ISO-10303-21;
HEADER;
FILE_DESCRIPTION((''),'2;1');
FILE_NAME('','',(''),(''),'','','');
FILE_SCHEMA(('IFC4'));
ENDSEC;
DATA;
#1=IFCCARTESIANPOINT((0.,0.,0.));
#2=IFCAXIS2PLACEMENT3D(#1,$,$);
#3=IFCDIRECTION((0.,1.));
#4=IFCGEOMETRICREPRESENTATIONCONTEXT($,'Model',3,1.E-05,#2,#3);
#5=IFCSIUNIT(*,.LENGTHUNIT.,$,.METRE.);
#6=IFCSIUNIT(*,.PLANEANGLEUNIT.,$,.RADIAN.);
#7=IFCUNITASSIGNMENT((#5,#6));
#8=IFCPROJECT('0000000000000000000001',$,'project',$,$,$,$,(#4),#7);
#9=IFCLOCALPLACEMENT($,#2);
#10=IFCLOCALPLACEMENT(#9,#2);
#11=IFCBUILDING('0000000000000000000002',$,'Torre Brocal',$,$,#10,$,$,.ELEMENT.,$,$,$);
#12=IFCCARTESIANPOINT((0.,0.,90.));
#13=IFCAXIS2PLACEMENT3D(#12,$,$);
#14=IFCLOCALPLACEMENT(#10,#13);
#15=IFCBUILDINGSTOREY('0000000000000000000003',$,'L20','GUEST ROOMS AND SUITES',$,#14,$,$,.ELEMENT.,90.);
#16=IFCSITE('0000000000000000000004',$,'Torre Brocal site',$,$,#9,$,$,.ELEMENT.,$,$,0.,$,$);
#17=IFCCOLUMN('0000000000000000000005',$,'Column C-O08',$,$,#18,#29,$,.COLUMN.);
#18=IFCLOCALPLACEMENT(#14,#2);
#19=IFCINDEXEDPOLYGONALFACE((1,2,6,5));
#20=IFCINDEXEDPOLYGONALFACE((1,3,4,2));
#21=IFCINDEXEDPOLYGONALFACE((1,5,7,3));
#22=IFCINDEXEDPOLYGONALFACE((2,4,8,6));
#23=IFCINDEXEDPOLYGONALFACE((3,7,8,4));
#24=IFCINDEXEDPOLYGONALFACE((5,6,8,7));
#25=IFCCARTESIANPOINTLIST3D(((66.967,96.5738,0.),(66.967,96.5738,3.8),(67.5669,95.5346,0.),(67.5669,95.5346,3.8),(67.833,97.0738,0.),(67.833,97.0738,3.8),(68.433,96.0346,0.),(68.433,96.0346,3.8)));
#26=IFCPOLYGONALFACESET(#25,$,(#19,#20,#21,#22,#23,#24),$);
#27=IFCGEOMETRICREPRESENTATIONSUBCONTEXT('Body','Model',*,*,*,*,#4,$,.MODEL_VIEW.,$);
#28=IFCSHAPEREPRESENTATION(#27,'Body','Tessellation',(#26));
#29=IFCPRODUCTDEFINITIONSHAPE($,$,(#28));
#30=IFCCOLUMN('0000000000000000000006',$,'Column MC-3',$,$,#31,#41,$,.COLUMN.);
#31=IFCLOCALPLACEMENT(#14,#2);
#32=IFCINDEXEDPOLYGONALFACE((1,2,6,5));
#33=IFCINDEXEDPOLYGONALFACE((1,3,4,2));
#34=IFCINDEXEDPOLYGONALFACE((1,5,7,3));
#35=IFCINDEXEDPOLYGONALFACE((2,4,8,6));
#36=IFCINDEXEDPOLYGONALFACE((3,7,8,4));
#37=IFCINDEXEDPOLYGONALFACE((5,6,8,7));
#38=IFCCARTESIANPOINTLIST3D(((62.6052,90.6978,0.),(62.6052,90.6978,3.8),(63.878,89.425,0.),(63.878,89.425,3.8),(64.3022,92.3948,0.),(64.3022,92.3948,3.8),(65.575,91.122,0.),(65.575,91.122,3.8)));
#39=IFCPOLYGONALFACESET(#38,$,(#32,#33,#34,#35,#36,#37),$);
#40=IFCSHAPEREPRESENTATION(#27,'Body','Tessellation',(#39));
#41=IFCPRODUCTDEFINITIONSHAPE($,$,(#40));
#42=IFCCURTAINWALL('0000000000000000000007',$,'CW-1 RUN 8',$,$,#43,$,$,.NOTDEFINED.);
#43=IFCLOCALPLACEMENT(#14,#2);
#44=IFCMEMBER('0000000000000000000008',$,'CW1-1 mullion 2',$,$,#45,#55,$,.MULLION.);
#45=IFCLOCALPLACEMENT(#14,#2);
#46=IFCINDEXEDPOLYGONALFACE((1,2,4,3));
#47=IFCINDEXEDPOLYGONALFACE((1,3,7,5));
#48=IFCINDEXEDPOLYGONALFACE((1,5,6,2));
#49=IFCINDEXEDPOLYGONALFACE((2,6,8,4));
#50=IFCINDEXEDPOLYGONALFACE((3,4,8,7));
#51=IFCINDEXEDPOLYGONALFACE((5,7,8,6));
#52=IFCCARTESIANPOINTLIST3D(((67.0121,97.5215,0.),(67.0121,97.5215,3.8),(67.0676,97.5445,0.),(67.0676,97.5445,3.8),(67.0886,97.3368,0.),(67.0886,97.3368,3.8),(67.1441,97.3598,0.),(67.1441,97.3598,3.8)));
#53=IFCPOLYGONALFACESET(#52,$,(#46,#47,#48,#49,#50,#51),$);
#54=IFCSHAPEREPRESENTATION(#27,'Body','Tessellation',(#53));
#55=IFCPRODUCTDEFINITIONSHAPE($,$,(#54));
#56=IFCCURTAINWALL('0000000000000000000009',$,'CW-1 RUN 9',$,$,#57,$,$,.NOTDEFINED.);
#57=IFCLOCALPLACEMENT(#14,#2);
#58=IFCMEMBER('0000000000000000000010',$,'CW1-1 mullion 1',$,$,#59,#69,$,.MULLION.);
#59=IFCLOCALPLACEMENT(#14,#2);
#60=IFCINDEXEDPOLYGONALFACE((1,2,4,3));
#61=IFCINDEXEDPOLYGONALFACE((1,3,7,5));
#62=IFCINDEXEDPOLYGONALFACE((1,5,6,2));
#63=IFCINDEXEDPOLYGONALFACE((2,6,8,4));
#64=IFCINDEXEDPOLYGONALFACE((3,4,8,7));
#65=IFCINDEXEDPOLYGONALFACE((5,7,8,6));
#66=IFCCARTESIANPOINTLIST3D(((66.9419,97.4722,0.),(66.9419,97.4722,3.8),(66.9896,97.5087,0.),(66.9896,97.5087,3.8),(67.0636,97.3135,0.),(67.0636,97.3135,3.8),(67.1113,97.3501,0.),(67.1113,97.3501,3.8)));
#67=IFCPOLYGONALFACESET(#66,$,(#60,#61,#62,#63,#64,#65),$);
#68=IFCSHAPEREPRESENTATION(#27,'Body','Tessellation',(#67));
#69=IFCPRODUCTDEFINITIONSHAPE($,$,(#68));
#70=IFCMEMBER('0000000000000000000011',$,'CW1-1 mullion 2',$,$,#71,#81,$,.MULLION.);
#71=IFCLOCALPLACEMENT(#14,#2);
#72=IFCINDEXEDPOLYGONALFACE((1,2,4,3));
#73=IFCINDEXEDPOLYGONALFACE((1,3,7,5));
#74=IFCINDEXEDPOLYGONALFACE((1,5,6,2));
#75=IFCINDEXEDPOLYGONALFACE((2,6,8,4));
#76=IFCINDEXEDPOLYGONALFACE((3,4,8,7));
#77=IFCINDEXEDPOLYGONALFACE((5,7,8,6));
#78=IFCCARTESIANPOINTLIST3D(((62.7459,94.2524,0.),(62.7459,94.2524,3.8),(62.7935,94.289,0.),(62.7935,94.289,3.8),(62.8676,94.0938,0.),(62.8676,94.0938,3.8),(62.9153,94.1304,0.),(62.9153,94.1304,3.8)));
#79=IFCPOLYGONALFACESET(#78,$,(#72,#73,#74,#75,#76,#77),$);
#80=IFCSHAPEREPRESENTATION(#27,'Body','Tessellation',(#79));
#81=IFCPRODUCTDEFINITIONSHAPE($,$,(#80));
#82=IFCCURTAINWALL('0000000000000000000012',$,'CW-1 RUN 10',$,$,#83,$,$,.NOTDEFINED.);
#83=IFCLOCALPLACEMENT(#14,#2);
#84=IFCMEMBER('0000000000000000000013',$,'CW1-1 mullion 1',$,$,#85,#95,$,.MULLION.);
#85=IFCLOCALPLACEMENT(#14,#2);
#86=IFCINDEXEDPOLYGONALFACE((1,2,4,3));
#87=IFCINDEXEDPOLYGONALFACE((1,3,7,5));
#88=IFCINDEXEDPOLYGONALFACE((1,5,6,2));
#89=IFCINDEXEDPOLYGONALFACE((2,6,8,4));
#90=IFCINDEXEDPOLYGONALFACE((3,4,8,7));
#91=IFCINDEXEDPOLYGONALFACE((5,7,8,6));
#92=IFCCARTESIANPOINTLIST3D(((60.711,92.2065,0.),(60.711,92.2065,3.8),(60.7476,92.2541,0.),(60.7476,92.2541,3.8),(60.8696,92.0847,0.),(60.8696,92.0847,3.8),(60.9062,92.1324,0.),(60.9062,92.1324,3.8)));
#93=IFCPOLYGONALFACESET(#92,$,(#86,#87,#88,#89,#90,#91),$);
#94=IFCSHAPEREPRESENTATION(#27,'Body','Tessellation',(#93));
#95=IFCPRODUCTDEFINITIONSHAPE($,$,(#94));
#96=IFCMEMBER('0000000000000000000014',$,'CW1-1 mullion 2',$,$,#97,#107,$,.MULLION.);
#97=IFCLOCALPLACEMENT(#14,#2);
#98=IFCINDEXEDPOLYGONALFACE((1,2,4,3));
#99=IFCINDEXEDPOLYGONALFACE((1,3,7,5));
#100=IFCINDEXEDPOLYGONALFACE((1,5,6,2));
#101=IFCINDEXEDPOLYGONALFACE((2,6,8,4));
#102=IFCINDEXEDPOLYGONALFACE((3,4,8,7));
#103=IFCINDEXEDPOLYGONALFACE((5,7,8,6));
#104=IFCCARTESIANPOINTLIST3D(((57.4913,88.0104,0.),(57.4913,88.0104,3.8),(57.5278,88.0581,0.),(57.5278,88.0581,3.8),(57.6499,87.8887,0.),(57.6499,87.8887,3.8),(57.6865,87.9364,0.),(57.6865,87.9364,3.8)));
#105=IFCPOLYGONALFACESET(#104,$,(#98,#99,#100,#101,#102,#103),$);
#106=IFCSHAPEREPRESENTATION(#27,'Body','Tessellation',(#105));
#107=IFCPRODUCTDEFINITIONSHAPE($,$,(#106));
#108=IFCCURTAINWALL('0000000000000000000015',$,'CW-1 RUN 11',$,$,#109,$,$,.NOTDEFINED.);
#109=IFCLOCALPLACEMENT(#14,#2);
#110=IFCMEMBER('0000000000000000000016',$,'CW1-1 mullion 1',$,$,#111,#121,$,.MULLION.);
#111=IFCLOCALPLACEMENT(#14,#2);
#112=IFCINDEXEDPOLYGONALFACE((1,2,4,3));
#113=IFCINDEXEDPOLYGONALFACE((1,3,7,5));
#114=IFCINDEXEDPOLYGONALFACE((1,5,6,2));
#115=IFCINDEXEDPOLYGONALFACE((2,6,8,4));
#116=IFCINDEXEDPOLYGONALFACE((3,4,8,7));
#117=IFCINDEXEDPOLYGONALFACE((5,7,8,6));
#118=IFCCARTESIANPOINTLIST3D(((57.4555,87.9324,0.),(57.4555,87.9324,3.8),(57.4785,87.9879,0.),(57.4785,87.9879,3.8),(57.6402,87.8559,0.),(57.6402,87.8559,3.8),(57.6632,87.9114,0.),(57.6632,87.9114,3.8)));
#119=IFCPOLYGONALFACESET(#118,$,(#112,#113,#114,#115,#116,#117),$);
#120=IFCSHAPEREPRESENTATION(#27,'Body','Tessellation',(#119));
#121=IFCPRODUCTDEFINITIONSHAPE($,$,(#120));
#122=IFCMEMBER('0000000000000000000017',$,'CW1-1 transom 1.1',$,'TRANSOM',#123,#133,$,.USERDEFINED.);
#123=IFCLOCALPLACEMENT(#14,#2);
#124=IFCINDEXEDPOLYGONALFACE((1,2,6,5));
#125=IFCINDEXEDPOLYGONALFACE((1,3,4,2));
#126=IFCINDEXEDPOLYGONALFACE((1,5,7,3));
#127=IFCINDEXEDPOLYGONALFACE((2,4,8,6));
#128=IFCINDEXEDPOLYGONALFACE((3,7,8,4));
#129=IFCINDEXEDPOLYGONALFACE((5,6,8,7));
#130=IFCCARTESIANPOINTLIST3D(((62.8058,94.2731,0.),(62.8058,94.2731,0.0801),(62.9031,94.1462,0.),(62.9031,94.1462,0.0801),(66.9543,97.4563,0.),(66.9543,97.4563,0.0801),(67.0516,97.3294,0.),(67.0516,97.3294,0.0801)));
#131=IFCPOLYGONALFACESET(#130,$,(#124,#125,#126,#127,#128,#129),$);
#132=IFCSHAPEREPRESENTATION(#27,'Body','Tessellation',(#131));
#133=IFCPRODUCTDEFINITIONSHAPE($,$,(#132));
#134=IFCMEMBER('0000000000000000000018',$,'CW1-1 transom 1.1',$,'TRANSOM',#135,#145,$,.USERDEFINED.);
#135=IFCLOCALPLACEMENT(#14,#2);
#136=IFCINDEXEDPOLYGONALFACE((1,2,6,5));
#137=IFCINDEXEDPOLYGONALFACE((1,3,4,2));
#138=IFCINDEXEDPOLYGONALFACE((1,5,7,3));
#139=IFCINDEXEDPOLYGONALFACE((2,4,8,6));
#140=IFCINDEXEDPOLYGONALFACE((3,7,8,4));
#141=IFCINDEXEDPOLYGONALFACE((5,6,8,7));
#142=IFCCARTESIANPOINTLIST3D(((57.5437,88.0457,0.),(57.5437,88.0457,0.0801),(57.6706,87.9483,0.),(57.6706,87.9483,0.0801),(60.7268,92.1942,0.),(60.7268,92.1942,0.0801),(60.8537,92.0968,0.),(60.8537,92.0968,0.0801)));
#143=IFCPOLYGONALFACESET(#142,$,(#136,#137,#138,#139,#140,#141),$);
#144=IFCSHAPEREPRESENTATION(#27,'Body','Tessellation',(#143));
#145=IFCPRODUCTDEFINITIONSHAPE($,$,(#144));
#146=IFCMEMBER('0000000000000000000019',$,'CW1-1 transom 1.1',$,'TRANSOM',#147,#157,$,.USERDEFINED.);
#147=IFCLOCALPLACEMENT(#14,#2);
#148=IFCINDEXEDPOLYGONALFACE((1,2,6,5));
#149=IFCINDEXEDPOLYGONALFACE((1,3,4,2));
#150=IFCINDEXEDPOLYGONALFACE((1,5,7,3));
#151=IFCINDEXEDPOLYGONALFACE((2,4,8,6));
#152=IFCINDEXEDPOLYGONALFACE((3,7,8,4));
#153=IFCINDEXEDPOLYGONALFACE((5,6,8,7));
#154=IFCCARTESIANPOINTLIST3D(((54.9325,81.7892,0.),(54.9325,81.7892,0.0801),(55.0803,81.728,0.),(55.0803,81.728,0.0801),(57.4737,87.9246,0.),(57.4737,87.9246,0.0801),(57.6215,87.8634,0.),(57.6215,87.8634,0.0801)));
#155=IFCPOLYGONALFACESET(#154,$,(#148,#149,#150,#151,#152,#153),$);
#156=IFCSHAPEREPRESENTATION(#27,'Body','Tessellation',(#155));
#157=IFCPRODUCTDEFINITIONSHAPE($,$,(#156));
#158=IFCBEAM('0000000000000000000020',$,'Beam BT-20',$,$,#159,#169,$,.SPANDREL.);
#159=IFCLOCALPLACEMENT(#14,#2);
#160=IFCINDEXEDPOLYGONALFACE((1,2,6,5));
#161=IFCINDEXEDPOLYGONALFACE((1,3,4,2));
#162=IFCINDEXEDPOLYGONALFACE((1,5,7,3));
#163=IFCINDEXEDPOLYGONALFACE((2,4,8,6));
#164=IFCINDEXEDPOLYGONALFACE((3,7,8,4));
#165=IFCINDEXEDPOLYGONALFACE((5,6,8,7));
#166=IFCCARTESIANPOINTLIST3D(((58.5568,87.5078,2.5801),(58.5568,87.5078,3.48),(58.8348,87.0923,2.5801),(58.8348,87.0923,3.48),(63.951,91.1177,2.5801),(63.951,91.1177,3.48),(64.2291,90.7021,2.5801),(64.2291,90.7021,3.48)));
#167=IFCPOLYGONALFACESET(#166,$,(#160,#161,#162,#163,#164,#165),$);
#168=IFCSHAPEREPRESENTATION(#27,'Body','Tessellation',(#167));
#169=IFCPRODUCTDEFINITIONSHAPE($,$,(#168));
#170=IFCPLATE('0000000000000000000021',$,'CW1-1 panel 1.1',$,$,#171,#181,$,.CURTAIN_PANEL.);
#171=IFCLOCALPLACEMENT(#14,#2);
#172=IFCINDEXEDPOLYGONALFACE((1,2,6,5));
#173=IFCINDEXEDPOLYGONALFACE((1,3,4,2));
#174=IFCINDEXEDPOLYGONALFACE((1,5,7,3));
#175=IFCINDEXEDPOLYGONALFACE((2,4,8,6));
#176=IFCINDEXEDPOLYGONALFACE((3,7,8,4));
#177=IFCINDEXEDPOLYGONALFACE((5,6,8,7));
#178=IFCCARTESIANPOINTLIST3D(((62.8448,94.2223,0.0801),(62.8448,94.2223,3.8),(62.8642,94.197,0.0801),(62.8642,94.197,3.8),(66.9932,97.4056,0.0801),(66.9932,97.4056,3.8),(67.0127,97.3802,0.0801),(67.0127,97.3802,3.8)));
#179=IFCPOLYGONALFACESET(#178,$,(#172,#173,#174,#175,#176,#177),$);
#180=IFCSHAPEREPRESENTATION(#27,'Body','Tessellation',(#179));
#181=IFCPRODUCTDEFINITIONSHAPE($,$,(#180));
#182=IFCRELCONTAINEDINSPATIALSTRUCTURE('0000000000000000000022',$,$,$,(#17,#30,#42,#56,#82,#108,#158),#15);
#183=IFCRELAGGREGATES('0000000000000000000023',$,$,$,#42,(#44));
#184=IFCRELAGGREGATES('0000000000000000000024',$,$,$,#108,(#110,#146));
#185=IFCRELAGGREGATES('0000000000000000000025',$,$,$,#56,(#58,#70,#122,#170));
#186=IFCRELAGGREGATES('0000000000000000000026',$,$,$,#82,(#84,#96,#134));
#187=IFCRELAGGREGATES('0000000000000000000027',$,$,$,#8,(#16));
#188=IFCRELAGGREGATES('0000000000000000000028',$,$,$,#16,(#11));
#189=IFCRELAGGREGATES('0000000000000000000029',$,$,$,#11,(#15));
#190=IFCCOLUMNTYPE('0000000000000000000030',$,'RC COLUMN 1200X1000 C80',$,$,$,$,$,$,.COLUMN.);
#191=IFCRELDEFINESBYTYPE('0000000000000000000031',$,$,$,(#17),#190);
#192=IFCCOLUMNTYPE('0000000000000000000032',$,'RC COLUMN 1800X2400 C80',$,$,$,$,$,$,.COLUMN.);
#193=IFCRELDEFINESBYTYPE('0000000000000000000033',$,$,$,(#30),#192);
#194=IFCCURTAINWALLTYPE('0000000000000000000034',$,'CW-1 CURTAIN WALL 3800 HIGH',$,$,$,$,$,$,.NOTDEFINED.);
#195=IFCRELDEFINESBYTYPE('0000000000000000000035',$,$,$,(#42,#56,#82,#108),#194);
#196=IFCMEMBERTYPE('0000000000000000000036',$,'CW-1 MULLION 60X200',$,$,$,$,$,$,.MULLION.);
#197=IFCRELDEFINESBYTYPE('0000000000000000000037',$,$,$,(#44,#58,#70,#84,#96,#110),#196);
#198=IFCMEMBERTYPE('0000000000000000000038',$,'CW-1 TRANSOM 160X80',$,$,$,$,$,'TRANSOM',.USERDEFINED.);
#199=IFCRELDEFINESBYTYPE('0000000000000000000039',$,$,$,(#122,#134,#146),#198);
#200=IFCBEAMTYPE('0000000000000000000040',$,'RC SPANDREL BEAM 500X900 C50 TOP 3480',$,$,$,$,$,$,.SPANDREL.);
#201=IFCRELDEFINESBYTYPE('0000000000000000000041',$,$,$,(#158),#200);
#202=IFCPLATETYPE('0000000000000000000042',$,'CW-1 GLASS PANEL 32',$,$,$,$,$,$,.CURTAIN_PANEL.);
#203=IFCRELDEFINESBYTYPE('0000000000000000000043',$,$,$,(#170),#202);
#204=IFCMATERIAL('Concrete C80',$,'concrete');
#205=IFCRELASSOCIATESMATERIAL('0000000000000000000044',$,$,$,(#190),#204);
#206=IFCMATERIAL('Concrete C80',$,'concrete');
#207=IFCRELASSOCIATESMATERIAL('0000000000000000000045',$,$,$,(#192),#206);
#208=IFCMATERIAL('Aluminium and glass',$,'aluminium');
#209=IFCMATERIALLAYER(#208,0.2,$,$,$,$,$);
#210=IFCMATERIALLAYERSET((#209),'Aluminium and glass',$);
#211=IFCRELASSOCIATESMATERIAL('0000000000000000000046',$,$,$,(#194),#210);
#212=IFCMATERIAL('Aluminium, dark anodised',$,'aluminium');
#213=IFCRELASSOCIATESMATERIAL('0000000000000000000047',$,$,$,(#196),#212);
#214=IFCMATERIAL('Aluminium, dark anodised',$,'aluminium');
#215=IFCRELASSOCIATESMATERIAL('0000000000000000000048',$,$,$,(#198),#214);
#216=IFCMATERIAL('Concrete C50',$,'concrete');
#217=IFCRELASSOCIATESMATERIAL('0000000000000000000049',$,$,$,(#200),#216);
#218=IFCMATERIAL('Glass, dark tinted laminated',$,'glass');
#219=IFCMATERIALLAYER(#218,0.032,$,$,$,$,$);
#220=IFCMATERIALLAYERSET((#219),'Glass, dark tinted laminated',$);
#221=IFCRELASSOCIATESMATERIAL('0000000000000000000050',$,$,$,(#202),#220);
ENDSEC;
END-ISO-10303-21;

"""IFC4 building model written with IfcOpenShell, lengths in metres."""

from ifc_helpers import new_model, si_unit, direction, frame, origin, origin_2d, place, context, subcontext, project, spatial, rectangle, extrude, material, layer, layer_set, material_profile, profile_set, type_object, element, aggregate, save


model = new_model("IFC4")

# Units and contexts
model_context = context("Model", 3, precision=1e-05, world=origin(), true_north=direction((0.0, 1.0)))
body_context = subcontext(model_context, "Body", "Model", "MODEL_VIEW")
ifc_project = project(units=[si_unit("LENGTHUNIT", "METRE"), si_unit("PLANEANGLEUNIT", "RADIAN")], contexts=[model_context])

# Site, building, storey
site_placement = place(None, origin())
site = spatial("IfcSite", under=ifc_project, at=site_placement, Name="Torre Brocal site", CompositionType="ELEMENT", RefElevation=0.0)
building_placement = place(site_placement, origin())
building = spatial("IfcBuilding", under=site, at=building_placement, Name="Torre Brocal", CompositionType="ELEMENT")
storey_placement = place(building_placement, frame((0.0, 0.0, 90.0)))
storey = spatial("IfcBuildingStorey", under=building, at=storey_placement, Name="L20", Description="GUEST ROOMS AND SUITES", CompositionType="ELEMENT", Elevation=90.0)

# Columns
ifc_material_1 = material(Name="Concrete C80", Category="concrete")
ifc_material_profile_1 = material_profile(ifc_material_1, rectangle(XDim=1.2, YDim=1.0, at=origin_2d()), Name="RC 1200X1000")
ifc_profile_set_1 = profile_set([ifc_material_profile_1], Name="Concrete C80")
column_type_1 = type_object("IfcColumnType", Name="RC COLUMN 1200X1000 C80", PredefinedType="COLUMN", material=ifc_profile_set_1)
column_1_placement = place(storey_placement, frame((67.7, 96.3042, 0.0), z_axis=(0.0, 0.0, 1.0), x_axis=(-0.5, 0.866025, 0.0)))
element("IfcColumn", 1, at=column_1_placement, inside=storey, type_object=column_type_1, Name="Column C-O08", PredefinedType="COLUMN", context=body_context, shape_type="SweptSolid", body=[
    extrude(rectangle(XDim=1.2, YDim=1.0, at=origin_2d()), origin(), (0.0, 0.0, 1.0), 3.8),
])
ifc_material_2 = material(Name="Concrete C80", Category="concrete")
ifc_material_profile_2 = material_profile(ifc_material_2, rectangle(XDim=1.8, YDim=2.3999, at=origin_2d()), Name="RC 1800X2400")
ifc_profile_set_2 = profile_set([ifc_material_profile_2], Name="Concrete C80")
column_type_2 = type_object("IfcColumnType", Name="RC COLUMN 1800X2400 C80", PredefinedType="COLUMN", material=ifc_profile_set_2)
column_2_placement = place(storey_placement, frame((64.0901, 90.9099, 0.0), z_axis=(0.0, 0.0, 1.0), x_axis=(-0.707107, 0.707107, 0.0)))
element("IfcColumn", 2, at=column_2_placement, inside=storey, type_object=column_type_2, Name="Column MC-3", PredefinedType="COLUMN", context=body_context, shape_type="SweptSolid", body=[
    extrude(rectangle(XDim=1.8, YDim=2.3999, at=origin_2d()), origin(), (0.0, 0.0, 1.0), 3.8),
])

# Curtain wall, member
ifc_material_3 = material(Name="Aluminium and glass", Category="aluminium")
ifc_layer_1 = layer(ifc_material_3, 0.2)
ifc_layer_set_1 = layer_set([ifc_layer_1], Name="Aluminium and glass")
curtain_wall_type = type_object("IfcCurtainWallType", Name="CW-1 CURTAIN WALL 3800 HIGH", PredefinedType="NOTDEFINED", material=ifc_layer_set_1)
curtain_wall_1_placement = place(storey_placement, origin())
curtain_wall_1 = element("IfcCurtainWall", 3, at=curtain_wall_1_placement, inside=storey, type_object=curtain_wall_type, Name="CW-1 RUN 8", PredefinedType="NOTDEFINED")
ifc_material_4 = material(Name="Aluminium, dark anodised", Category="aluminium")
ifc_material_profile_3 = material_profile(ifc_material_4, rectangle(XDim=0.2, YDim=0.0601, at=origin_2d()), Name="CW-1 MULLION 60X200")
ifc_profile_set_3 = profile_set([ifc_material_profile_3], Name="Aluminium, dark anodised")
member_type_1 = type_object("IfcMemberType", Name="CW-1 MULLION 60X200", PredefinedType="MULLION", material=ifc_profile_set_3)
member_1_placement = place(storey_placement, frame((67.0781, 97.4407, 0.0), z_axis=(0.0, 0.0, 1.0), x_axis=(0.382683, -0.92388, 0.0)))
member_1 = element("IfcMember", 4, at=member_1_placement, type_object=member_type_1, Name="CW1-1 mullion 2", PredefinedType="MULLION", context=body_context, shape_type="SweptSolid", body=[
    extrude(rectangle(XDim=0.2, YDim=0.0601, at=origin_2d()), origin(), (0.0, 0.0, 1.0), 3.8),
])
aggregate(curtain_wall_1, [member_1])

# Curtain walls, members
curtain_wall_2_placement = place(storey_placement, origin())
curtain_wall_2 = element("IfcCurtainWall", 5, at=curtain_wall_2_placement, inside=storey, type_object=curtain_wall_type, Name="CW-1 RUN 9", PredefinedType="NOTDEFINED")
member_2_placement = place(storey_placement, frame((67.0266, 97.4111, 0.0), z_axis=(0.0, 0.0, 1.0), x_axis=(0.608761, -0.793353, 0.0)))
member_2 = element("IfcMember", 6, at=member_2_placement, type_object=member_type_1, Name="CW1-1 mullion 1", PredefinedType="MULLION", context=body_context, shape_type="SweptSolid", body=[
    extrude(rectangle(XDim=0.2, YDim=0.0601, at=origin_2d()), origin(), (0.0, 0.0, 1.0), 3.8),
])
member_3_placement = place(storey_placement, frame((62.8306, 94.1914, 0.0), z_axis=(0.0, 0.0, 1.0), x_axis=(0.608761, -0.793353, 0.0)))
member_3 = element("IfcMember", 7, at=member_3_placement, type_object=member_type_1, Name="CW1-1 mullion 2", PredefinedType="MULLION", context=body_context, shape_type="SweptSolid", body=[
    extrude(rectangle(XDim=0.2, YDim=0.0601, at=origin_2d()), origin(), (0.0, 0.0, 1.0), 3.8),
])
curtain_wall_3_placement = place(storey_placement, origin())
curtain_wall_3 = element("IfcCurtainWall", 8, at=curtain_wall_3_placement, inside=storey, type_object=curtain_wall_type, Name="CW-1 RUN 10", PredefinedType="NOTDEFINED")
member_4_placement = place(storey_placement, frame((60.8086, 92.1694, 0.0), z_axis=(0.0, 0.0, 1.0), x_axis=(0.793353, -0.608761, 0.0)))
member_4 = element("IfcMember", 9, at=member_4_placement, type_object=member_type_1, Name="CW1-1 mullion 1", PredefinedType="MULLION", context=body_context, shape_type="SweptSolid", body=[
    extrude(rectangle(XDim=0.2, YDim=0.0601, at=origin_2d()), origin(), (0.0, 0.0, 1.0), 3.8),
])
member_5_placement = place(storey_placement, frame((57.5889, 87.9734, 0.0), z_axis=(0.0, 0.0, 1.0), x_axis=(0.793353, -0.608761, 0.0)))
member_5 = element("IfcMember", 10, at=member_5_placement, type_object=member_type_1, Name="CW1-1 mullion 2", PredefinedType="MULLION", context=body_context, shape_type="SweptSolid", body=[
    extrude(rectangle(XDim=0.2, YDim=0.0601, at=origin_2d()), origin(), (0.0, 0.0, 1.0), 3.8),
])

# Curtain wall, member
curtain_wall_4_placement = place(storey_placement, origin())
curtain_wall_4 = element("IfcCurtainWall", 11, at=curtain_wall_4_placement, inside=storey, type_object=curtain_wall_type, Name="CW-1 RUN 11", PredefinedType="NOTDEFINED")
member_6_placement = place(storey_placement, frame((57.5593, 87.9219, 0.0), z_axis=(0.0, 0.0, 1.0), x_axis=(0.92388, -0.382683, 0.0)))
member_6 = element("IfcMember", 12, at=member_6_placement, type_object=member_type_1, Name="CW1-1 mullion 1", PredefinedType="MULLION", context=body_context, shape_type="SweptSolid", body=[
    extrude(rectangle(XDim=0.2, YDim=0.0601, at=origin_2d()), origin(), (0.0, 0.0, 1.0), 3.8),
])

# Members
ifc_material_5 = material(Name="Aluminium, dark anodised", Category="aluminium")
ifc_material_profile_4 = material_profile(ifc_material_5, rectangle(XDim=0.1599, YDim=0.0801, at=origin_2d()), Name="CW-1 TRANSOM 160X80")
ifc_profile_set_4 = profile_set([ifc_material_profile_4], Name="Aluminium, dark anodised")
member_type_2 = type_object("IfcMemberType", Name="CW-1 TRANSOM 160X80", ElementType="TRANSOM", PredefinedType="USERDEFINED", material=ifc_profile_set_4)
member_7_placement = place(storey_placement, frame((67.0029, 97.3928, 0.04), z_axis=(-0.793363, -0.608749, 0.0), x_axis=(0.608749, -0.793363, 0.0)))
member_7 = element("IfcMember", 13, at=member_7_placement, type_object=member_type_2, Name="CW1-1 transom 1.1", ObjectType="TRANSOM", PredefinedType="USERDEFINED", context=body_context, shape_type="SweptSolid", body=[
    extrude(rectangle(XDim=0.1599, YDim=0.0801, at=origin_2d()), origin(), (0.0, 0.0, 1.0), 5.229),
])
member_8_placement = place(storey_placement, frame((60.7903, 92.1455, 0.04), z_axis=(-0.608749, -0.793363, 0.0), x_axis=(0.793363, -0.608749, 0.0)))
member_8 = element("IfcMember", 14, at=member_8_placement, type_object=member_type_2, Name="CW1-1 transom 1.1", ObjectType="TRANSOM", PredefinedType="USERDEFINED", context=body_context, shape_type="SweptSolid", body=[
    extrude(rectangle(XDim=0.1599, YDim=0.0801, at=origin_2d()), origin(), (0.0, 0.0, 1.0), 5.229),
])
member_9_placement = place(storey_placement, frame((57.5476, 87.894, 0.04), z_axis=(-0.382665, -0.923887, 0.0), x_axis=(0.923887, -0.382665, 0.0)))
member_9 = element("IfcMember", 15, at=member_9_placement, type_object=member_type_2, Name="CW1-1 transom 1.1", ObjectType="TRANSOM", PredefinedType="USERDEFINED", context=body_context, shape_type="SweptSolid", body=[
    extrude(rectangle(XDim=0.1599, YDim=0.0801, at=origin_2d()), origin(), (0.0, 0.0, 1.0), 6.6409),
])
aggregate(curtain_wall_4, [member_6, member_9])

# Beam
ifc_material_6 = material(Name="Concrete C50", Category="concrete")
ifc_material_profile_5 = material_profile(ifc_material_6, rectangle(XDim=0.5, YDim=0.8999, at=origin_2d()), Name="RC 500X900")
ifc_profile_set_5 = profile_set([ifc_material_profile_5], Name="Concrete C50")
beam_type = type_object("IfcBeamType", Name="RC SPANDREL BEAM 500X900 C50 TOP 3480", PredefinedType="SPANDREL", material=ifc_profile_set_5)
beam_placement = place(storey_placement, frame((64.0901, 90.9099, 3.03), z_axis=(-0.831077, -0.556158, 0.0), x_axis=(0.556158, -0.831077, 0.0)))
element("IfcBeam", 16, at=beam_placement, inside=storey, type_object=beam_type, Name="Beam BT-20", PredefinedType="SPANDREL", context=body_context, shape_type="SweptSolid", body=[
    extrude(rectangle(XDim=0.5, YDim=0.8999, at=origin_2d()), origin(), (0.0, 0.0, 1.0), 6.4907),
])

# Plate
ifc_material_7 = material(Name="Glass, dark tinted laminated", Category="glass")
ifc_layer_2 = layer(ifc_material_7, 0.032)
ifc_layer_set_2 = layer_set([ifc_layer_2], Name="Glass, dark tinted laminated")
plate_type = type_object("IfcPlateType", Name="CW-1 GLASS PANEL 32", PredefinedType="CURTAIN_PANEL", material=ifc_layer_set_2)
plate_1_placement = place(storey_placement, frame((64.9287, 95.8013, 0.0801), z_axis=(0.0, 0.0, 1.0), x_axis=(-0.793353, -0.608761, 0.0)))
plate_1 = element("IfcPlate", 17, at=plate_1_placement, type_object=plate_type, Name="CW1-1 panel 1.1", PredefinedType="CURTAIN_PANEL", context=body_context, shape_type="SweptSolid", body=[
    extrude(rectangle(XDim=5.229, YDim=0.032, at=origin_2d()), origin(), (0.0, 0.0, 1.0), 3.72),
])
aggregate(curtain_wall_2, [member_2, member_3, member_7, plate_1])
aggregate(curtain_wall_3, [member_4, member_5, member_8])

save(model, "model.ifc")
